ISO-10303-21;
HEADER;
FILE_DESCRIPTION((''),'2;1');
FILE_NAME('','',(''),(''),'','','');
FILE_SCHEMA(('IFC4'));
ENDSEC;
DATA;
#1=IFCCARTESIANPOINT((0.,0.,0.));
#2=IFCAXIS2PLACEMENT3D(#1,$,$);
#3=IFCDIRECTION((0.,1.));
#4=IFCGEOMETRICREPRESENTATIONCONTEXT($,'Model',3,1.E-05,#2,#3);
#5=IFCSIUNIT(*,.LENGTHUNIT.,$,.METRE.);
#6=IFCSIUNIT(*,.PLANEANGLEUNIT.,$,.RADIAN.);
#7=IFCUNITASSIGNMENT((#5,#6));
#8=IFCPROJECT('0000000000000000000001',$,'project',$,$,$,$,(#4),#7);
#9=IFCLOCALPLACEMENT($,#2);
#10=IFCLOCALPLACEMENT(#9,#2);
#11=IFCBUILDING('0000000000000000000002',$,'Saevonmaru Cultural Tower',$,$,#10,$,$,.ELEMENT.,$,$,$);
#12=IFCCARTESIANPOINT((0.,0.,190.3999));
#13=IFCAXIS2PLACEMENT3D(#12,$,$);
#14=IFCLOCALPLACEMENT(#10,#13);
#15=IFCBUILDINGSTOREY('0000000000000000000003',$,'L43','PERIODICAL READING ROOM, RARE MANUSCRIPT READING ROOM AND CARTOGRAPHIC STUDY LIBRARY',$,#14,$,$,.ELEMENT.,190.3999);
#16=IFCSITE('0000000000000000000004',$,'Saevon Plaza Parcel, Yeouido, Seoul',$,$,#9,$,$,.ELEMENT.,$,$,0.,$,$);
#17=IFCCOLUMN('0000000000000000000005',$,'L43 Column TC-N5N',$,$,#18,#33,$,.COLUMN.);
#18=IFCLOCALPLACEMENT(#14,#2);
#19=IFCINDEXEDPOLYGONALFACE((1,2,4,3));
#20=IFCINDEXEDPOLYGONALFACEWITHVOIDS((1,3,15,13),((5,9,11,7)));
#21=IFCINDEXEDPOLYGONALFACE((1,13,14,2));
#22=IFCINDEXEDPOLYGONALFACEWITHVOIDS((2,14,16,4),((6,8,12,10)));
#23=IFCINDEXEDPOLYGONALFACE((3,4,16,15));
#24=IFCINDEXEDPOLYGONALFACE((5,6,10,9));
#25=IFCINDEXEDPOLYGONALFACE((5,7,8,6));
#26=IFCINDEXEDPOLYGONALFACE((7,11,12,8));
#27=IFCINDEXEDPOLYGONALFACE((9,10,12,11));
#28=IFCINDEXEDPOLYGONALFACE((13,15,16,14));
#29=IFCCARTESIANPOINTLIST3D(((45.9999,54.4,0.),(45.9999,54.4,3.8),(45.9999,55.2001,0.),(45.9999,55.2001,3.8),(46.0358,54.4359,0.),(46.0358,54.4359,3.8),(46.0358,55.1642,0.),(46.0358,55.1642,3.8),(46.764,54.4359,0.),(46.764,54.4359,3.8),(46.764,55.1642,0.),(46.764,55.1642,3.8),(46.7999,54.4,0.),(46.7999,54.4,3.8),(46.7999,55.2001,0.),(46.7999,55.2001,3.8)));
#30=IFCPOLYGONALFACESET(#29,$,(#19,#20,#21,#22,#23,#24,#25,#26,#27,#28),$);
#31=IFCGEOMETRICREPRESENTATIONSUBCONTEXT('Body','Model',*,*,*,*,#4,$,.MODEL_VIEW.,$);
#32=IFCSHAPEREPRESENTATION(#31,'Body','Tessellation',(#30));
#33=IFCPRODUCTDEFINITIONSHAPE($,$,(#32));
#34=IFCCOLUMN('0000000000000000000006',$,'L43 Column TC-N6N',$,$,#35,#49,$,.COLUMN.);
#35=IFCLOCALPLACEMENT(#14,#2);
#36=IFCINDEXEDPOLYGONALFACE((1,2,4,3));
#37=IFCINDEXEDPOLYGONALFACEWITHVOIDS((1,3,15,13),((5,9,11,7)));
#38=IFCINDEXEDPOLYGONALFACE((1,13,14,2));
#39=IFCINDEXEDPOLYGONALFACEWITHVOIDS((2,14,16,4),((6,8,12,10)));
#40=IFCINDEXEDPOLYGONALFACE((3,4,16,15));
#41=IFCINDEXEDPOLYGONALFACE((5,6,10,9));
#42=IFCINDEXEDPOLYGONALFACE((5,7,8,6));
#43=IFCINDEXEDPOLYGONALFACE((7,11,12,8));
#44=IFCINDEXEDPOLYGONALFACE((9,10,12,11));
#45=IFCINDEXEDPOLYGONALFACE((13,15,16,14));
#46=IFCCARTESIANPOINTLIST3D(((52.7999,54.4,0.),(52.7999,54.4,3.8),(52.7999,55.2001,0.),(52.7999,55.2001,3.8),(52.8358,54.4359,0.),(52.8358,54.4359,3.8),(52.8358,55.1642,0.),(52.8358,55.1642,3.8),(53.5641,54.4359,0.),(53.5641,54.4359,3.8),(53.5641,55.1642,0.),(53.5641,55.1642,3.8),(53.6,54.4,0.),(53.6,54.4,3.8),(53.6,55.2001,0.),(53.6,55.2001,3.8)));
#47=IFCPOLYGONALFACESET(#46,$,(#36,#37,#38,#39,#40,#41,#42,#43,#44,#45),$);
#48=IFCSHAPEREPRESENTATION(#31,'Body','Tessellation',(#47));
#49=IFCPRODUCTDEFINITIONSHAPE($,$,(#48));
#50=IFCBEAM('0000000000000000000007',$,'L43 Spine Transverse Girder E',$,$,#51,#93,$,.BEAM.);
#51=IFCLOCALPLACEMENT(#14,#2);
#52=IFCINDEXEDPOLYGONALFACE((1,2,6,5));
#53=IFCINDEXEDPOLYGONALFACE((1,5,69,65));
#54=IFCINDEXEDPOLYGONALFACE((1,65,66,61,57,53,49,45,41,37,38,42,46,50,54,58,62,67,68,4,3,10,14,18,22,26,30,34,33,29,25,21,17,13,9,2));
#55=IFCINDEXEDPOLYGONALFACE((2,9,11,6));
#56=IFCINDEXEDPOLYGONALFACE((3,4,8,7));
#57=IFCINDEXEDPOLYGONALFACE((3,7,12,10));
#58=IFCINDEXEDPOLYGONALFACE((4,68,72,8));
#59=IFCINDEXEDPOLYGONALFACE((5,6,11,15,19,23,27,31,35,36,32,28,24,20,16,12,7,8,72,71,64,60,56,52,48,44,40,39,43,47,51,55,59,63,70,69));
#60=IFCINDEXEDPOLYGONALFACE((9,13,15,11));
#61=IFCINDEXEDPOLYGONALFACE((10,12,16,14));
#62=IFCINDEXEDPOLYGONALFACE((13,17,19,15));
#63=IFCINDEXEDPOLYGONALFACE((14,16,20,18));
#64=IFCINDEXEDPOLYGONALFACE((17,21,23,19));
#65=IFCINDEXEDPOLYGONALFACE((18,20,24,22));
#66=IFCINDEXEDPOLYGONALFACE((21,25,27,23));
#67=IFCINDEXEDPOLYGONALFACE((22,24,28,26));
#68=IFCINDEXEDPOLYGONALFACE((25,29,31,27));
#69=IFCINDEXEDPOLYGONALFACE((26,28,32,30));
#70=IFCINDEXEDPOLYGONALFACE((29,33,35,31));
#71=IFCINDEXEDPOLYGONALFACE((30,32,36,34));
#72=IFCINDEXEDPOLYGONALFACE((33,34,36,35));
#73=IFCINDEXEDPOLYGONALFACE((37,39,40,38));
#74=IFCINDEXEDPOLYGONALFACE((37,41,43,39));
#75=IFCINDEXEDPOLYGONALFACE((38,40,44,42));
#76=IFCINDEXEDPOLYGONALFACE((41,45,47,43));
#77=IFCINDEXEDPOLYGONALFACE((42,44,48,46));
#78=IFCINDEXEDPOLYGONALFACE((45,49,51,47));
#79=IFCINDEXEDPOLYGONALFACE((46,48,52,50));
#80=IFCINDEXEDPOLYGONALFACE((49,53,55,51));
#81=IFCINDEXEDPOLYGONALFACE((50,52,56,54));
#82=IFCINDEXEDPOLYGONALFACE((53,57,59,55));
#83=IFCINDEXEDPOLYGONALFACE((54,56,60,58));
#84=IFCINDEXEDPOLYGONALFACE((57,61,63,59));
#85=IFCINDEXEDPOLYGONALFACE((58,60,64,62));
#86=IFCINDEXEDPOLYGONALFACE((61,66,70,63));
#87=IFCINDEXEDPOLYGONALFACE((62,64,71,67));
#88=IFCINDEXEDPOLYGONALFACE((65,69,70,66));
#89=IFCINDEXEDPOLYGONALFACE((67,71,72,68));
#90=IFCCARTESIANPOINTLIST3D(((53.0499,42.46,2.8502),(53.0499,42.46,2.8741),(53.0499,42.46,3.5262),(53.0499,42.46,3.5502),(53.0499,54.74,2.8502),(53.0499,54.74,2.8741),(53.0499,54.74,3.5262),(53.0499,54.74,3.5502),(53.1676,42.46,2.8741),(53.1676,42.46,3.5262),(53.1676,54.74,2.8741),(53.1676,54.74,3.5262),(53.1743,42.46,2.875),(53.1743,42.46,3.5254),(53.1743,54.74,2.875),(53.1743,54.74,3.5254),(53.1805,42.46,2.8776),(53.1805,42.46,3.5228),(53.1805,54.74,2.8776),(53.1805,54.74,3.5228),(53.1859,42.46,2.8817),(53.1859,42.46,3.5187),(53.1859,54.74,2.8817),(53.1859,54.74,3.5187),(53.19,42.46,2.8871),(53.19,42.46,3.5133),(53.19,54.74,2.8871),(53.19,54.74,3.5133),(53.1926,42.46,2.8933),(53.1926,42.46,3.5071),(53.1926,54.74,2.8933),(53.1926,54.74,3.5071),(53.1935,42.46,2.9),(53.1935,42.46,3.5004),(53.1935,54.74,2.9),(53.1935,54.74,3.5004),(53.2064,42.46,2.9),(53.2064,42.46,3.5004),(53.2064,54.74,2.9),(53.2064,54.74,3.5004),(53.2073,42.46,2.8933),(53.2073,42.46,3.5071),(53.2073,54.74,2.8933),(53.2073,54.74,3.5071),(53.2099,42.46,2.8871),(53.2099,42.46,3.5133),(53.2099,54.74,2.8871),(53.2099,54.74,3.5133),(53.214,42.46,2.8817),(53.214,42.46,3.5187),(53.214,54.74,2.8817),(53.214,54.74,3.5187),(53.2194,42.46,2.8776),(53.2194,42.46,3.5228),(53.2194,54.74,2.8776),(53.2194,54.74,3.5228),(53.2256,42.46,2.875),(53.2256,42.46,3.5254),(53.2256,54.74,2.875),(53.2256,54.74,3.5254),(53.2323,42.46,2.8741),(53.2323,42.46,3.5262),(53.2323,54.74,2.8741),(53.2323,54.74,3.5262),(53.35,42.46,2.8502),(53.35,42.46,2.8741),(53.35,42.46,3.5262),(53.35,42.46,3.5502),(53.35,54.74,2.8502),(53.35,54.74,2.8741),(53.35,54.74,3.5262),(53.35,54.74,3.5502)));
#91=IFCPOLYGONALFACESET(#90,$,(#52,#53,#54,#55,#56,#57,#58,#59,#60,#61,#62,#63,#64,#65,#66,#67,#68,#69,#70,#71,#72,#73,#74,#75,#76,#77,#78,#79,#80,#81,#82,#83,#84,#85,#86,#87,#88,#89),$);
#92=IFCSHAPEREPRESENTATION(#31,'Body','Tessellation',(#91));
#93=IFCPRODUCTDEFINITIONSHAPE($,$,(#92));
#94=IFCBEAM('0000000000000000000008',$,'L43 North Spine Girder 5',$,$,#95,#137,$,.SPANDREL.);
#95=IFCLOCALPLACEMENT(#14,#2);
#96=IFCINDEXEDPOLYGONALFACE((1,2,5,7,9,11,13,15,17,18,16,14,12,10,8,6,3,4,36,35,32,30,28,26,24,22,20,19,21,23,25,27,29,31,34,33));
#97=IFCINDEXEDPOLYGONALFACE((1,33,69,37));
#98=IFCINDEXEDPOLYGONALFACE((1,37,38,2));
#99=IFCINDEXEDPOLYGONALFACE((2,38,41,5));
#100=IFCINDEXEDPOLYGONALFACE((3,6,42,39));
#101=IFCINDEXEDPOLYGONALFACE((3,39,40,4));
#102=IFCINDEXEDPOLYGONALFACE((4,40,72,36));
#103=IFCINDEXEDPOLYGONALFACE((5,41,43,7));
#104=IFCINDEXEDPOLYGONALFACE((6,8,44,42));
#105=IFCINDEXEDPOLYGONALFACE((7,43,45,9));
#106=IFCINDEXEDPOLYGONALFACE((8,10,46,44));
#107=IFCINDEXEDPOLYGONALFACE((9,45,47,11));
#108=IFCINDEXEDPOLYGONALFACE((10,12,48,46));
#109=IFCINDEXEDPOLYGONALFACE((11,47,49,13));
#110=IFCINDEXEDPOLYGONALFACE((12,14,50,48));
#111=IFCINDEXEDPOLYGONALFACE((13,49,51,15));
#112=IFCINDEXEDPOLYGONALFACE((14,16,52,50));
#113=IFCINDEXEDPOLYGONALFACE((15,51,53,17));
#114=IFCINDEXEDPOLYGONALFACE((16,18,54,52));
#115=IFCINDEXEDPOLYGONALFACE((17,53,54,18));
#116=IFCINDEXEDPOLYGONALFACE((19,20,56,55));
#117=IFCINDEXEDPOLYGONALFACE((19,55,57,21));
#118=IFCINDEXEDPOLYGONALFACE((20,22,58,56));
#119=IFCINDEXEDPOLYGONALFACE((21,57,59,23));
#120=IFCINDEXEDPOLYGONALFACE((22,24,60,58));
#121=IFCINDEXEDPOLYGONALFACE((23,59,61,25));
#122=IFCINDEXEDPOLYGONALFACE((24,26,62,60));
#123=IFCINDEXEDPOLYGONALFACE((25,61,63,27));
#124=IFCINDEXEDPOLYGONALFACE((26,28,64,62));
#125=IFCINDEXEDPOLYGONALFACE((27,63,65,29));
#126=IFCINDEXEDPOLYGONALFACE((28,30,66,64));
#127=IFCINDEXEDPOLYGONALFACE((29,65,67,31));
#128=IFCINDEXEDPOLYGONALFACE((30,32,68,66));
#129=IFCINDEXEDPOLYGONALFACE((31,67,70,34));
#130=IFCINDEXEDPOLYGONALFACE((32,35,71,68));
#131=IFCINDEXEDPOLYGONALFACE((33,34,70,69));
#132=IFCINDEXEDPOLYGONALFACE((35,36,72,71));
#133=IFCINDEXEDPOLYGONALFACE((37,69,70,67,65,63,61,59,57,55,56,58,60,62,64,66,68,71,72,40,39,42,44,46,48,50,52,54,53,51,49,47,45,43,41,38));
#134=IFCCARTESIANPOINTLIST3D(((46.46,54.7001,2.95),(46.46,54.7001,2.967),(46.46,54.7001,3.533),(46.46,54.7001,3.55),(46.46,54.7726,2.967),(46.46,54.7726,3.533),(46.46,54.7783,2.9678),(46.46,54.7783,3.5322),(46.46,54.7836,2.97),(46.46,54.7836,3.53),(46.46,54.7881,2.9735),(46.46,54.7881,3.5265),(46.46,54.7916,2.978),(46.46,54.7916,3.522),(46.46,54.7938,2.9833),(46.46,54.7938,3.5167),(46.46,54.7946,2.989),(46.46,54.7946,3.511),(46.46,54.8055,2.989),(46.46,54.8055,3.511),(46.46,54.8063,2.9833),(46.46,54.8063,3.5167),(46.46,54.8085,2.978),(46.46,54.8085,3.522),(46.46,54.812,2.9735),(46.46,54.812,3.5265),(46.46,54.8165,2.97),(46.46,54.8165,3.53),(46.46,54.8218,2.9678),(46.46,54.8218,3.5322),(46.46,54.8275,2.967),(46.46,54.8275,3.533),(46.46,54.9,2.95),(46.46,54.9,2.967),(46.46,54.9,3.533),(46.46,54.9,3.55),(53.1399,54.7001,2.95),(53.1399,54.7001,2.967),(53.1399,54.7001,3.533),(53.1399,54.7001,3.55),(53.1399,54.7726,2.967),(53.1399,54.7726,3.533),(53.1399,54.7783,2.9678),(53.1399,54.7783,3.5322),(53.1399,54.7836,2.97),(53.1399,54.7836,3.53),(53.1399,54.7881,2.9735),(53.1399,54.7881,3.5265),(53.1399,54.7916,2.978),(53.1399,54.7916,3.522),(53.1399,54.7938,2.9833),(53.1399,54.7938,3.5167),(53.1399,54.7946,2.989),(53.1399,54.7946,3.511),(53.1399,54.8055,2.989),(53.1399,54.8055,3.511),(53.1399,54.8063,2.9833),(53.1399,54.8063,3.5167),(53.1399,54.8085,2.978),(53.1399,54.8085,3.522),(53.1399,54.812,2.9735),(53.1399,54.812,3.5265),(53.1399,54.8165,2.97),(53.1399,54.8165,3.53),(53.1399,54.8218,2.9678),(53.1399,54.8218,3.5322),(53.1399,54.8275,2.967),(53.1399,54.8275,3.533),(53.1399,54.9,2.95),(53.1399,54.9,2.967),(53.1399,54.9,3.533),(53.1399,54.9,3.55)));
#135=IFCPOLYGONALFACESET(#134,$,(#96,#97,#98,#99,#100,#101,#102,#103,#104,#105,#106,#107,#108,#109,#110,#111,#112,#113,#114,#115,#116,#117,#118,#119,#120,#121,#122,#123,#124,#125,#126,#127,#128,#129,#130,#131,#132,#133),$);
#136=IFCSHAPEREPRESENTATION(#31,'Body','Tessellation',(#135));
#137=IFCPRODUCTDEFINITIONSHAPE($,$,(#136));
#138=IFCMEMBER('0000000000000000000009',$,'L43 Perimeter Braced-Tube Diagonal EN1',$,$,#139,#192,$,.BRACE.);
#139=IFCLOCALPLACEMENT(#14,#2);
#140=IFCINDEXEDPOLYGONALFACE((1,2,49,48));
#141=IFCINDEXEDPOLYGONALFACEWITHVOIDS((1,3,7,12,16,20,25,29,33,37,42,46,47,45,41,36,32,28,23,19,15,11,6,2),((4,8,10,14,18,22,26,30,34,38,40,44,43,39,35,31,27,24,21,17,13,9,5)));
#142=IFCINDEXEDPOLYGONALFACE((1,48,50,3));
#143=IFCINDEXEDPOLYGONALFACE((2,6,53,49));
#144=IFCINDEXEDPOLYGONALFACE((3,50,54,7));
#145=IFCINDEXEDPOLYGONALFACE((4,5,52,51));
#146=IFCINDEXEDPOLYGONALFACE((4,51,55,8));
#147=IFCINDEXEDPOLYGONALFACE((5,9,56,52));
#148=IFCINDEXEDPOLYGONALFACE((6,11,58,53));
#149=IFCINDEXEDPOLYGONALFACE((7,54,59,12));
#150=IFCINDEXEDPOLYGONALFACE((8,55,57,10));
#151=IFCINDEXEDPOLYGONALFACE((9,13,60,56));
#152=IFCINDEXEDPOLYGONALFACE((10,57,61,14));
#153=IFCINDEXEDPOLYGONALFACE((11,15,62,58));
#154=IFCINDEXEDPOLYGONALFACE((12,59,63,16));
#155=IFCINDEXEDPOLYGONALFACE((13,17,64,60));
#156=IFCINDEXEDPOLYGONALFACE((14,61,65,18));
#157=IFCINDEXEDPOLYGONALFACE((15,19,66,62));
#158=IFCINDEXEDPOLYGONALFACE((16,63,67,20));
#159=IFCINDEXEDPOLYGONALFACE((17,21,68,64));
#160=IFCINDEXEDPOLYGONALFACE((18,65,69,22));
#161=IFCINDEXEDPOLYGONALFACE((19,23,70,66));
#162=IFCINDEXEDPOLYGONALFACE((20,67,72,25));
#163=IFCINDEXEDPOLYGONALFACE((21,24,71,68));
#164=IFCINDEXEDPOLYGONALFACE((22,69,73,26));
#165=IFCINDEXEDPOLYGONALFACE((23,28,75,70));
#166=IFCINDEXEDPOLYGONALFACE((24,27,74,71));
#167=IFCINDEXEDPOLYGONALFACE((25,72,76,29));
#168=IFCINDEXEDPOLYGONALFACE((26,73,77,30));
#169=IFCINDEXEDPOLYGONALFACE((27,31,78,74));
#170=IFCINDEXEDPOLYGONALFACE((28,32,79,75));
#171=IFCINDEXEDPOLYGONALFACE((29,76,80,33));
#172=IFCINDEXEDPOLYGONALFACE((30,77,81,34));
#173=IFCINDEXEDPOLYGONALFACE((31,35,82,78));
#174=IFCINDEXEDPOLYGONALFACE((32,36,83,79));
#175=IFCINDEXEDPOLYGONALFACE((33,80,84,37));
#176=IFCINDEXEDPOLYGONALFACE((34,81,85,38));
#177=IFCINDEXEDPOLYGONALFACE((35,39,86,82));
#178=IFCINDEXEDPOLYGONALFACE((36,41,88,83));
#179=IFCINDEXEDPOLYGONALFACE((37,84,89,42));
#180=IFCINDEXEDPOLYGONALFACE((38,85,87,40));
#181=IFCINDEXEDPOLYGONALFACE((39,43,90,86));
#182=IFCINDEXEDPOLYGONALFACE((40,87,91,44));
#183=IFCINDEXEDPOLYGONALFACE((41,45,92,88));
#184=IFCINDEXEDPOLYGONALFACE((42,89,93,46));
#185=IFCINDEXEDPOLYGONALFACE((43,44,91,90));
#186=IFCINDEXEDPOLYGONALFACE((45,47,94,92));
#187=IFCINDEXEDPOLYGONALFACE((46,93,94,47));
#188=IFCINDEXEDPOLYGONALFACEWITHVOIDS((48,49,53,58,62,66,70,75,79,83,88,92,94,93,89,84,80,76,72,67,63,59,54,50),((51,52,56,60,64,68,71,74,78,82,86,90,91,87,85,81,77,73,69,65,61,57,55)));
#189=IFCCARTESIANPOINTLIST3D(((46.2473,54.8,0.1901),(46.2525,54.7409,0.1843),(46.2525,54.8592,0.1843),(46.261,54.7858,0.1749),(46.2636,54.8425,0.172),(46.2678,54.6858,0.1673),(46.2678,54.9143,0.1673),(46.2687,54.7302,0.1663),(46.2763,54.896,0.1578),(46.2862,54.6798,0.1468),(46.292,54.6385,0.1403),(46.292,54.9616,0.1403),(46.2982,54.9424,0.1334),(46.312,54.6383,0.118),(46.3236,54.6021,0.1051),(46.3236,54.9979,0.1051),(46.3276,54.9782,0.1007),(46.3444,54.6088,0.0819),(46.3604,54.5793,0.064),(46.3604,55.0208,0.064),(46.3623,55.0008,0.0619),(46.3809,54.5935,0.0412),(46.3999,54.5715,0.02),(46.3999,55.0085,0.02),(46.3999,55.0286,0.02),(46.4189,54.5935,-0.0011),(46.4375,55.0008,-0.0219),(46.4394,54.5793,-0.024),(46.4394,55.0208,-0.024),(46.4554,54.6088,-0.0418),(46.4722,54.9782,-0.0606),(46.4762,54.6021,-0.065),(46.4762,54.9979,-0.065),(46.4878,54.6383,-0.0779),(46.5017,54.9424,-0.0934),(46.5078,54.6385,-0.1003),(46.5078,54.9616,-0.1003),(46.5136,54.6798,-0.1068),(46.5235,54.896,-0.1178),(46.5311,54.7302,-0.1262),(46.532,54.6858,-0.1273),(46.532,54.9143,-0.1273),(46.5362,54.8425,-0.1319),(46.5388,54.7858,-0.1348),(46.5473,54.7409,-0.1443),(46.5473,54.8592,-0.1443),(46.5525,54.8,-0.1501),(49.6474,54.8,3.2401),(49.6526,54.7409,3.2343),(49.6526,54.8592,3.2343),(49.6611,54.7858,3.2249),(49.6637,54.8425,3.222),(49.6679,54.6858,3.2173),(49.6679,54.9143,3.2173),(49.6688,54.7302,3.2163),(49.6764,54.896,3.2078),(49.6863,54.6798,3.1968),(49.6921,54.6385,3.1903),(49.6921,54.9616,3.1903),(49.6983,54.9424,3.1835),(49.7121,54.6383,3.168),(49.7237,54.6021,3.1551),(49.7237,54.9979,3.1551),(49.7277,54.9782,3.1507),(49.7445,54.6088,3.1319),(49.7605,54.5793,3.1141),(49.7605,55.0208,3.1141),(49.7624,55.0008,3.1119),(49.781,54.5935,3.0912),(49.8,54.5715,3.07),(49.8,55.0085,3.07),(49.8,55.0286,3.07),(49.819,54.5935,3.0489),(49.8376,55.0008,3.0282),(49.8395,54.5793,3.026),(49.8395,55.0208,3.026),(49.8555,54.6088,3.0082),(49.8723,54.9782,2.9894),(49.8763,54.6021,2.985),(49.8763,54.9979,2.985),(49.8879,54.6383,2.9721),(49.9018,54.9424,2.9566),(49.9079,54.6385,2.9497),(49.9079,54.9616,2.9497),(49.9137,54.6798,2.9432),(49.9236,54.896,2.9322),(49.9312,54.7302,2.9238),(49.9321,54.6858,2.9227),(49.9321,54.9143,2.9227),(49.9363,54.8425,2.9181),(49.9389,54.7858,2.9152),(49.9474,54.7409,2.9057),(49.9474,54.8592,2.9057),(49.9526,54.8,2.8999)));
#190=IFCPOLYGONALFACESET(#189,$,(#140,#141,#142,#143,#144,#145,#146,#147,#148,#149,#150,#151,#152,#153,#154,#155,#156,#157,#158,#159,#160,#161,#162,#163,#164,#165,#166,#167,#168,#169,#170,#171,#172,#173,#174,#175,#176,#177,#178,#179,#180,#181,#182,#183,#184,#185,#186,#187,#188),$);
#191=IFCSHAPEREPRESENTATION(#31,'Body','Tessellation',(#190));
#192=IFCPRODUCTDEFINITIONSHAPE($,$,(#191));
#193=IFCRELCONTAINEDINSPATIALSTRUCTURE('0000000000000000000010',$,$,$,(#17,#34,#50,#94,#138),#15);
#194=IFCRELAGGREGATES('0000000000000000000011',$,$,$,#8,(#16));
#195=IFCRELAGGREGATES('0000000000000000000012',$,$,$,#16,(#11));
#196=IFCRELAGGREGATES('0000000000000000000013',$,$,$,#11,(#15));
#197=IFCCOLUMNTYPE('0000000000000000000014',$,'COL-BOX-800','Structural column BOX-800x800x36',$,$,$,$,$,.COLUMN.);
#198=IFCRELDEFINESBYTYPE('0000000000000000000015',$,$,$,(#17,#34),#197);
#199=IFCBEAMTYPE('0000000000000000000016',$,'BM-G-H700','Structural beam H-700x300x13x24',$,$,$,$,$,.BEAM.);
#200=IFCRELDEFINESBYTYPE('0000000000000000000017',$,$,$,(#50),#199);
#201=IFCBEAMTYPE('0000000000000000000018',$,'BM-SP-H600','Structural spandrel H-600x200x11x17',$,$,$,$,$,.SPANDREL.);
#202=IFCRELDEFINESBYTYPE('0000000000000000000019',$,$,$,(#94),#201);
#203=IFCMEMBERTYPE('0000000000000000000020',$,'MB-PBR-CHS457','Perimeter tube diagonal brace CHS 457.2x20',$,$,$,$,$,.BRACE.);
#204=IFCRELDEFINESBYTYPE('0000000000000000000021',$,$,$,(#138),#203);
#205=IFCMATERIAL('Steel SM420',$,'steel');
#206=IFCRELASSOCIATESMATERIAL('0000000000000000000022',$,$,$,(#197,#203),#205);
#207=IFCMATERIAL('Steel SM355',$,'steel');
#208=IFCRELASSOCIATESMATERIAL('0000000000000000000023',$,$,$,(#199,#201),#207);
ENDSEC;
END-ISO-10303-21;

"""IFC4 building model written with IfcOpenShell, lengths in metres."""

from ifc_helpers import new_model, si_unit, direction, frame, origin, origin_2d, place, context, subcontext, project, spatial, hollow_rectangle, hollow_circle, i_section, extrude, material, material_profile, profile_set, type_object, element, save


model = new_model("IFC4")

# Units and contexts
model_context = context("Model", 3, precision=1e-05, world=origin(), true_north=direction((0.0, 1.0)))
body_context = subcontext(model_context, "Body", "Model", "MODEL_VIEW")
ifc_project = project(units=[si_unit("LENGTHUNIT", "METRE"), si_unit("PLANEANGLEUNIT", "RADIAN")], contexts=[model_context])

# Site, building, storey
site_placement = place(None, origin())
site = spatial("IfcSite", under=ifc_project, at=site_placement, Name="Saevon Plaza Parcel, Yeouido, Seoul", CompositionType="ELEMENT", RefElevation=0.0)
building_placement = place(site_placement, origin())
building = spatial("IfcBuilding", under=site, at=building_placement, Name="Saevonmaru Cultural Tower", CompositionType="ELEMENT")
storey_placement = place(building_placement, frame((0.0, 0.0, 190.3999)))
storey = spatial("IfcBuildingStorey", under=building, at=storey_placement, Name="L43", Description="PERIODICAL READING ROOM, RARE MANUSCRIPT READING ROOM AND CARTOGRAPHIC STUDY LIBRARY", CompositionType="ELEMENT", Elevation=190.3999)

# Columns
ifc_material_1 = material(Name="Steel SM420", Category="steel")
ifc_material_profile_1 = material_profile(ifc_material_1, hollow_rectangle(XDim=0.8, YDim=0.8, WallThickness=0.0359, at=origin_2d()), Name="BOX-800x800x36")
ifc_profile_set_1 = profile_set([ifc_material_profile_1], Name="Steel SM420")
column_type = type_object("IfcColumnType", Name="COL-BOX-800", Description="Structural column BOX-800x800x36", PredefinedType="COLUMN", material=ifc_profile_set_1)
for number, where, z_axis, x_axis, name in (
    (1, (46.3999, 54.8, 0.0), (0.0, 0.0, 1.0), (1.0, 0.0, 0.0), "L43 Column TC-N5N"),
    (2, (53.2, 54.8, 0.0), (0.0, 0.0, 1.0), (1.0, 0.0, 0.0), "L43 Column TC-N6N"),
):
    element("IfcColumn", number, at=place(storey_placement, frame(where, z_axis=z_axis, x_axis=x_axis)), inside=storey, type_object=column_type, Name=name, PredefinedType="COLUMN", context=body_context, shape_type="SweptSolid", body=[
        extrude(hollow_rectangle(XDim=0.8, YDim=0.8, WallThickness=0.0359, at=origin_2d()), origin(), (0.0, 0.0, 1.0), 3.8),
    ])

# Beams
ifc_material_2 = material(Name="Steel SM355", Category="steel")
ifc_material_profile_2 = material_profile(ifc_material_2, i_section(OverallWidth=0.3, OverallDepth=0.7, WebThickness=0.0129, FlangeThickness=0.0239, FilletRadius=0.0259, at=origin_2d()), Name="H-700x300x13x24")
ifc_profile_set_2 = profile_set([ifc_material_profile_2], Name="Steel SM355")
beam_type_1 = type_object("IfcBeamType", Name="BM-G-H700", Description="Structural beam H-700x300x13x24", PredefinedType="BEAM", material=ifc_profile_set_2)
beam_1_placement = place(storey_placement, frame((53.2, 54.74, 3.2002), z_axis=(0.0, -1.0, 0.0), x_axis=(1.0, 0.0, 0.0)))
element("IfcBeam", 3, at=beam_1_placement, inside=storey, type_object=beam_type_1, Name="L43 Spine Transverse Girder E", PredefinedType="BEAM", context=body_context, shape_type="SweptSolid", body=[
    extrude(i_section(OverallWidth=0.3, OverallDepth=0.7, WebThickness=0.0129, FlangeThickness=0.0239, FilletRadius=0.0259, at=origin_2d()), origin(), (0.0, 0.0, 1.0), 12.28),
])
ifc_material_profile_3 = material_profile(ifc_material_2, i_section(OverallWidth=0.2, OverallDepth=0.6001, WebThickness=0.011, FlangeThickness=0.0171, FilletRadius=0.022, at=origin_2d()), Name="H-600x200x11x17")
ifc_profile_set_3 = profile_set([ifc_material_profile_3], Name="Steel SM355")
beam_type_2 = type_object("IfcBeamType", Name="BM-SP-H600", Description="Structural spandrel H-600x200x11x17", PredefinedType="SPANDREL", material=ifc_profile_set_3)
beam_2_placement = place(storey_placement, frame((46.46, 54.8, 3.25), z_axis=(1.0, 0.0, 0.0), x_axis=(0.0, 1.0, 0.0)))
element("IfcBeam", 4, at=beam_2_placement, inside=storey, type_object=beam_type_2, Name="L43 North Spine Girder 5", PredefinedType="SPANDREL", context=body_context, shape_type="SweptSolid", body=[
    extrude(i_section(OverallWidth=0.2, OverallDepth=0.6001, WebThickness=0.011, FlangeThickness=0.0171, FilletRadius=0.022, at=origin_2d()), origin(), (0.0, 0.0, 1.0), 6.6799),
])

# Member
ifc_material_profile_4 = material_profile(ifc_material_1, hollow_circle(Radius=0.2285, WallThickness=0.02, at=origin_2d()), Name="CHS-457.2x20")
ifc_profile_set_4 = profile_set([ifc_material_profile_4], Name="Steel SM420")
member_type_1 = type_object("IfcMemberType", Name="MB-PBR-CHS457", Description="Perimeter tube diagonal brace CHS 457.2x20", PredefinedType="BRACE", material=ifc_profile_set_4)
for number, where, z_axis, x_axis, name in (
    (5, (46.3999, 54.8, 0.02), (0.744391, 0.0, 0.667744), (0.0, 1.0, 0.0), "L43 Perimeter Braced-Tube Diagonal EN1"),
):
    element("IfcMember", number, at=place(storey_placement, frame(where, z_axis=z_axis, x_axis=x_axis)), inside=storey, type_object=member_type_1, Name=name, PredefinedType="BRACE", context=body_context, shape_type="SweptSolid", body=[
        extrude(hollow_circle(Radius=0.2285, WallThickness=0.02, at=origin_2d()), origin(), (0.0, 0.0, 1.0), 4.5676),
    ])

save(model, "model.ifc")
